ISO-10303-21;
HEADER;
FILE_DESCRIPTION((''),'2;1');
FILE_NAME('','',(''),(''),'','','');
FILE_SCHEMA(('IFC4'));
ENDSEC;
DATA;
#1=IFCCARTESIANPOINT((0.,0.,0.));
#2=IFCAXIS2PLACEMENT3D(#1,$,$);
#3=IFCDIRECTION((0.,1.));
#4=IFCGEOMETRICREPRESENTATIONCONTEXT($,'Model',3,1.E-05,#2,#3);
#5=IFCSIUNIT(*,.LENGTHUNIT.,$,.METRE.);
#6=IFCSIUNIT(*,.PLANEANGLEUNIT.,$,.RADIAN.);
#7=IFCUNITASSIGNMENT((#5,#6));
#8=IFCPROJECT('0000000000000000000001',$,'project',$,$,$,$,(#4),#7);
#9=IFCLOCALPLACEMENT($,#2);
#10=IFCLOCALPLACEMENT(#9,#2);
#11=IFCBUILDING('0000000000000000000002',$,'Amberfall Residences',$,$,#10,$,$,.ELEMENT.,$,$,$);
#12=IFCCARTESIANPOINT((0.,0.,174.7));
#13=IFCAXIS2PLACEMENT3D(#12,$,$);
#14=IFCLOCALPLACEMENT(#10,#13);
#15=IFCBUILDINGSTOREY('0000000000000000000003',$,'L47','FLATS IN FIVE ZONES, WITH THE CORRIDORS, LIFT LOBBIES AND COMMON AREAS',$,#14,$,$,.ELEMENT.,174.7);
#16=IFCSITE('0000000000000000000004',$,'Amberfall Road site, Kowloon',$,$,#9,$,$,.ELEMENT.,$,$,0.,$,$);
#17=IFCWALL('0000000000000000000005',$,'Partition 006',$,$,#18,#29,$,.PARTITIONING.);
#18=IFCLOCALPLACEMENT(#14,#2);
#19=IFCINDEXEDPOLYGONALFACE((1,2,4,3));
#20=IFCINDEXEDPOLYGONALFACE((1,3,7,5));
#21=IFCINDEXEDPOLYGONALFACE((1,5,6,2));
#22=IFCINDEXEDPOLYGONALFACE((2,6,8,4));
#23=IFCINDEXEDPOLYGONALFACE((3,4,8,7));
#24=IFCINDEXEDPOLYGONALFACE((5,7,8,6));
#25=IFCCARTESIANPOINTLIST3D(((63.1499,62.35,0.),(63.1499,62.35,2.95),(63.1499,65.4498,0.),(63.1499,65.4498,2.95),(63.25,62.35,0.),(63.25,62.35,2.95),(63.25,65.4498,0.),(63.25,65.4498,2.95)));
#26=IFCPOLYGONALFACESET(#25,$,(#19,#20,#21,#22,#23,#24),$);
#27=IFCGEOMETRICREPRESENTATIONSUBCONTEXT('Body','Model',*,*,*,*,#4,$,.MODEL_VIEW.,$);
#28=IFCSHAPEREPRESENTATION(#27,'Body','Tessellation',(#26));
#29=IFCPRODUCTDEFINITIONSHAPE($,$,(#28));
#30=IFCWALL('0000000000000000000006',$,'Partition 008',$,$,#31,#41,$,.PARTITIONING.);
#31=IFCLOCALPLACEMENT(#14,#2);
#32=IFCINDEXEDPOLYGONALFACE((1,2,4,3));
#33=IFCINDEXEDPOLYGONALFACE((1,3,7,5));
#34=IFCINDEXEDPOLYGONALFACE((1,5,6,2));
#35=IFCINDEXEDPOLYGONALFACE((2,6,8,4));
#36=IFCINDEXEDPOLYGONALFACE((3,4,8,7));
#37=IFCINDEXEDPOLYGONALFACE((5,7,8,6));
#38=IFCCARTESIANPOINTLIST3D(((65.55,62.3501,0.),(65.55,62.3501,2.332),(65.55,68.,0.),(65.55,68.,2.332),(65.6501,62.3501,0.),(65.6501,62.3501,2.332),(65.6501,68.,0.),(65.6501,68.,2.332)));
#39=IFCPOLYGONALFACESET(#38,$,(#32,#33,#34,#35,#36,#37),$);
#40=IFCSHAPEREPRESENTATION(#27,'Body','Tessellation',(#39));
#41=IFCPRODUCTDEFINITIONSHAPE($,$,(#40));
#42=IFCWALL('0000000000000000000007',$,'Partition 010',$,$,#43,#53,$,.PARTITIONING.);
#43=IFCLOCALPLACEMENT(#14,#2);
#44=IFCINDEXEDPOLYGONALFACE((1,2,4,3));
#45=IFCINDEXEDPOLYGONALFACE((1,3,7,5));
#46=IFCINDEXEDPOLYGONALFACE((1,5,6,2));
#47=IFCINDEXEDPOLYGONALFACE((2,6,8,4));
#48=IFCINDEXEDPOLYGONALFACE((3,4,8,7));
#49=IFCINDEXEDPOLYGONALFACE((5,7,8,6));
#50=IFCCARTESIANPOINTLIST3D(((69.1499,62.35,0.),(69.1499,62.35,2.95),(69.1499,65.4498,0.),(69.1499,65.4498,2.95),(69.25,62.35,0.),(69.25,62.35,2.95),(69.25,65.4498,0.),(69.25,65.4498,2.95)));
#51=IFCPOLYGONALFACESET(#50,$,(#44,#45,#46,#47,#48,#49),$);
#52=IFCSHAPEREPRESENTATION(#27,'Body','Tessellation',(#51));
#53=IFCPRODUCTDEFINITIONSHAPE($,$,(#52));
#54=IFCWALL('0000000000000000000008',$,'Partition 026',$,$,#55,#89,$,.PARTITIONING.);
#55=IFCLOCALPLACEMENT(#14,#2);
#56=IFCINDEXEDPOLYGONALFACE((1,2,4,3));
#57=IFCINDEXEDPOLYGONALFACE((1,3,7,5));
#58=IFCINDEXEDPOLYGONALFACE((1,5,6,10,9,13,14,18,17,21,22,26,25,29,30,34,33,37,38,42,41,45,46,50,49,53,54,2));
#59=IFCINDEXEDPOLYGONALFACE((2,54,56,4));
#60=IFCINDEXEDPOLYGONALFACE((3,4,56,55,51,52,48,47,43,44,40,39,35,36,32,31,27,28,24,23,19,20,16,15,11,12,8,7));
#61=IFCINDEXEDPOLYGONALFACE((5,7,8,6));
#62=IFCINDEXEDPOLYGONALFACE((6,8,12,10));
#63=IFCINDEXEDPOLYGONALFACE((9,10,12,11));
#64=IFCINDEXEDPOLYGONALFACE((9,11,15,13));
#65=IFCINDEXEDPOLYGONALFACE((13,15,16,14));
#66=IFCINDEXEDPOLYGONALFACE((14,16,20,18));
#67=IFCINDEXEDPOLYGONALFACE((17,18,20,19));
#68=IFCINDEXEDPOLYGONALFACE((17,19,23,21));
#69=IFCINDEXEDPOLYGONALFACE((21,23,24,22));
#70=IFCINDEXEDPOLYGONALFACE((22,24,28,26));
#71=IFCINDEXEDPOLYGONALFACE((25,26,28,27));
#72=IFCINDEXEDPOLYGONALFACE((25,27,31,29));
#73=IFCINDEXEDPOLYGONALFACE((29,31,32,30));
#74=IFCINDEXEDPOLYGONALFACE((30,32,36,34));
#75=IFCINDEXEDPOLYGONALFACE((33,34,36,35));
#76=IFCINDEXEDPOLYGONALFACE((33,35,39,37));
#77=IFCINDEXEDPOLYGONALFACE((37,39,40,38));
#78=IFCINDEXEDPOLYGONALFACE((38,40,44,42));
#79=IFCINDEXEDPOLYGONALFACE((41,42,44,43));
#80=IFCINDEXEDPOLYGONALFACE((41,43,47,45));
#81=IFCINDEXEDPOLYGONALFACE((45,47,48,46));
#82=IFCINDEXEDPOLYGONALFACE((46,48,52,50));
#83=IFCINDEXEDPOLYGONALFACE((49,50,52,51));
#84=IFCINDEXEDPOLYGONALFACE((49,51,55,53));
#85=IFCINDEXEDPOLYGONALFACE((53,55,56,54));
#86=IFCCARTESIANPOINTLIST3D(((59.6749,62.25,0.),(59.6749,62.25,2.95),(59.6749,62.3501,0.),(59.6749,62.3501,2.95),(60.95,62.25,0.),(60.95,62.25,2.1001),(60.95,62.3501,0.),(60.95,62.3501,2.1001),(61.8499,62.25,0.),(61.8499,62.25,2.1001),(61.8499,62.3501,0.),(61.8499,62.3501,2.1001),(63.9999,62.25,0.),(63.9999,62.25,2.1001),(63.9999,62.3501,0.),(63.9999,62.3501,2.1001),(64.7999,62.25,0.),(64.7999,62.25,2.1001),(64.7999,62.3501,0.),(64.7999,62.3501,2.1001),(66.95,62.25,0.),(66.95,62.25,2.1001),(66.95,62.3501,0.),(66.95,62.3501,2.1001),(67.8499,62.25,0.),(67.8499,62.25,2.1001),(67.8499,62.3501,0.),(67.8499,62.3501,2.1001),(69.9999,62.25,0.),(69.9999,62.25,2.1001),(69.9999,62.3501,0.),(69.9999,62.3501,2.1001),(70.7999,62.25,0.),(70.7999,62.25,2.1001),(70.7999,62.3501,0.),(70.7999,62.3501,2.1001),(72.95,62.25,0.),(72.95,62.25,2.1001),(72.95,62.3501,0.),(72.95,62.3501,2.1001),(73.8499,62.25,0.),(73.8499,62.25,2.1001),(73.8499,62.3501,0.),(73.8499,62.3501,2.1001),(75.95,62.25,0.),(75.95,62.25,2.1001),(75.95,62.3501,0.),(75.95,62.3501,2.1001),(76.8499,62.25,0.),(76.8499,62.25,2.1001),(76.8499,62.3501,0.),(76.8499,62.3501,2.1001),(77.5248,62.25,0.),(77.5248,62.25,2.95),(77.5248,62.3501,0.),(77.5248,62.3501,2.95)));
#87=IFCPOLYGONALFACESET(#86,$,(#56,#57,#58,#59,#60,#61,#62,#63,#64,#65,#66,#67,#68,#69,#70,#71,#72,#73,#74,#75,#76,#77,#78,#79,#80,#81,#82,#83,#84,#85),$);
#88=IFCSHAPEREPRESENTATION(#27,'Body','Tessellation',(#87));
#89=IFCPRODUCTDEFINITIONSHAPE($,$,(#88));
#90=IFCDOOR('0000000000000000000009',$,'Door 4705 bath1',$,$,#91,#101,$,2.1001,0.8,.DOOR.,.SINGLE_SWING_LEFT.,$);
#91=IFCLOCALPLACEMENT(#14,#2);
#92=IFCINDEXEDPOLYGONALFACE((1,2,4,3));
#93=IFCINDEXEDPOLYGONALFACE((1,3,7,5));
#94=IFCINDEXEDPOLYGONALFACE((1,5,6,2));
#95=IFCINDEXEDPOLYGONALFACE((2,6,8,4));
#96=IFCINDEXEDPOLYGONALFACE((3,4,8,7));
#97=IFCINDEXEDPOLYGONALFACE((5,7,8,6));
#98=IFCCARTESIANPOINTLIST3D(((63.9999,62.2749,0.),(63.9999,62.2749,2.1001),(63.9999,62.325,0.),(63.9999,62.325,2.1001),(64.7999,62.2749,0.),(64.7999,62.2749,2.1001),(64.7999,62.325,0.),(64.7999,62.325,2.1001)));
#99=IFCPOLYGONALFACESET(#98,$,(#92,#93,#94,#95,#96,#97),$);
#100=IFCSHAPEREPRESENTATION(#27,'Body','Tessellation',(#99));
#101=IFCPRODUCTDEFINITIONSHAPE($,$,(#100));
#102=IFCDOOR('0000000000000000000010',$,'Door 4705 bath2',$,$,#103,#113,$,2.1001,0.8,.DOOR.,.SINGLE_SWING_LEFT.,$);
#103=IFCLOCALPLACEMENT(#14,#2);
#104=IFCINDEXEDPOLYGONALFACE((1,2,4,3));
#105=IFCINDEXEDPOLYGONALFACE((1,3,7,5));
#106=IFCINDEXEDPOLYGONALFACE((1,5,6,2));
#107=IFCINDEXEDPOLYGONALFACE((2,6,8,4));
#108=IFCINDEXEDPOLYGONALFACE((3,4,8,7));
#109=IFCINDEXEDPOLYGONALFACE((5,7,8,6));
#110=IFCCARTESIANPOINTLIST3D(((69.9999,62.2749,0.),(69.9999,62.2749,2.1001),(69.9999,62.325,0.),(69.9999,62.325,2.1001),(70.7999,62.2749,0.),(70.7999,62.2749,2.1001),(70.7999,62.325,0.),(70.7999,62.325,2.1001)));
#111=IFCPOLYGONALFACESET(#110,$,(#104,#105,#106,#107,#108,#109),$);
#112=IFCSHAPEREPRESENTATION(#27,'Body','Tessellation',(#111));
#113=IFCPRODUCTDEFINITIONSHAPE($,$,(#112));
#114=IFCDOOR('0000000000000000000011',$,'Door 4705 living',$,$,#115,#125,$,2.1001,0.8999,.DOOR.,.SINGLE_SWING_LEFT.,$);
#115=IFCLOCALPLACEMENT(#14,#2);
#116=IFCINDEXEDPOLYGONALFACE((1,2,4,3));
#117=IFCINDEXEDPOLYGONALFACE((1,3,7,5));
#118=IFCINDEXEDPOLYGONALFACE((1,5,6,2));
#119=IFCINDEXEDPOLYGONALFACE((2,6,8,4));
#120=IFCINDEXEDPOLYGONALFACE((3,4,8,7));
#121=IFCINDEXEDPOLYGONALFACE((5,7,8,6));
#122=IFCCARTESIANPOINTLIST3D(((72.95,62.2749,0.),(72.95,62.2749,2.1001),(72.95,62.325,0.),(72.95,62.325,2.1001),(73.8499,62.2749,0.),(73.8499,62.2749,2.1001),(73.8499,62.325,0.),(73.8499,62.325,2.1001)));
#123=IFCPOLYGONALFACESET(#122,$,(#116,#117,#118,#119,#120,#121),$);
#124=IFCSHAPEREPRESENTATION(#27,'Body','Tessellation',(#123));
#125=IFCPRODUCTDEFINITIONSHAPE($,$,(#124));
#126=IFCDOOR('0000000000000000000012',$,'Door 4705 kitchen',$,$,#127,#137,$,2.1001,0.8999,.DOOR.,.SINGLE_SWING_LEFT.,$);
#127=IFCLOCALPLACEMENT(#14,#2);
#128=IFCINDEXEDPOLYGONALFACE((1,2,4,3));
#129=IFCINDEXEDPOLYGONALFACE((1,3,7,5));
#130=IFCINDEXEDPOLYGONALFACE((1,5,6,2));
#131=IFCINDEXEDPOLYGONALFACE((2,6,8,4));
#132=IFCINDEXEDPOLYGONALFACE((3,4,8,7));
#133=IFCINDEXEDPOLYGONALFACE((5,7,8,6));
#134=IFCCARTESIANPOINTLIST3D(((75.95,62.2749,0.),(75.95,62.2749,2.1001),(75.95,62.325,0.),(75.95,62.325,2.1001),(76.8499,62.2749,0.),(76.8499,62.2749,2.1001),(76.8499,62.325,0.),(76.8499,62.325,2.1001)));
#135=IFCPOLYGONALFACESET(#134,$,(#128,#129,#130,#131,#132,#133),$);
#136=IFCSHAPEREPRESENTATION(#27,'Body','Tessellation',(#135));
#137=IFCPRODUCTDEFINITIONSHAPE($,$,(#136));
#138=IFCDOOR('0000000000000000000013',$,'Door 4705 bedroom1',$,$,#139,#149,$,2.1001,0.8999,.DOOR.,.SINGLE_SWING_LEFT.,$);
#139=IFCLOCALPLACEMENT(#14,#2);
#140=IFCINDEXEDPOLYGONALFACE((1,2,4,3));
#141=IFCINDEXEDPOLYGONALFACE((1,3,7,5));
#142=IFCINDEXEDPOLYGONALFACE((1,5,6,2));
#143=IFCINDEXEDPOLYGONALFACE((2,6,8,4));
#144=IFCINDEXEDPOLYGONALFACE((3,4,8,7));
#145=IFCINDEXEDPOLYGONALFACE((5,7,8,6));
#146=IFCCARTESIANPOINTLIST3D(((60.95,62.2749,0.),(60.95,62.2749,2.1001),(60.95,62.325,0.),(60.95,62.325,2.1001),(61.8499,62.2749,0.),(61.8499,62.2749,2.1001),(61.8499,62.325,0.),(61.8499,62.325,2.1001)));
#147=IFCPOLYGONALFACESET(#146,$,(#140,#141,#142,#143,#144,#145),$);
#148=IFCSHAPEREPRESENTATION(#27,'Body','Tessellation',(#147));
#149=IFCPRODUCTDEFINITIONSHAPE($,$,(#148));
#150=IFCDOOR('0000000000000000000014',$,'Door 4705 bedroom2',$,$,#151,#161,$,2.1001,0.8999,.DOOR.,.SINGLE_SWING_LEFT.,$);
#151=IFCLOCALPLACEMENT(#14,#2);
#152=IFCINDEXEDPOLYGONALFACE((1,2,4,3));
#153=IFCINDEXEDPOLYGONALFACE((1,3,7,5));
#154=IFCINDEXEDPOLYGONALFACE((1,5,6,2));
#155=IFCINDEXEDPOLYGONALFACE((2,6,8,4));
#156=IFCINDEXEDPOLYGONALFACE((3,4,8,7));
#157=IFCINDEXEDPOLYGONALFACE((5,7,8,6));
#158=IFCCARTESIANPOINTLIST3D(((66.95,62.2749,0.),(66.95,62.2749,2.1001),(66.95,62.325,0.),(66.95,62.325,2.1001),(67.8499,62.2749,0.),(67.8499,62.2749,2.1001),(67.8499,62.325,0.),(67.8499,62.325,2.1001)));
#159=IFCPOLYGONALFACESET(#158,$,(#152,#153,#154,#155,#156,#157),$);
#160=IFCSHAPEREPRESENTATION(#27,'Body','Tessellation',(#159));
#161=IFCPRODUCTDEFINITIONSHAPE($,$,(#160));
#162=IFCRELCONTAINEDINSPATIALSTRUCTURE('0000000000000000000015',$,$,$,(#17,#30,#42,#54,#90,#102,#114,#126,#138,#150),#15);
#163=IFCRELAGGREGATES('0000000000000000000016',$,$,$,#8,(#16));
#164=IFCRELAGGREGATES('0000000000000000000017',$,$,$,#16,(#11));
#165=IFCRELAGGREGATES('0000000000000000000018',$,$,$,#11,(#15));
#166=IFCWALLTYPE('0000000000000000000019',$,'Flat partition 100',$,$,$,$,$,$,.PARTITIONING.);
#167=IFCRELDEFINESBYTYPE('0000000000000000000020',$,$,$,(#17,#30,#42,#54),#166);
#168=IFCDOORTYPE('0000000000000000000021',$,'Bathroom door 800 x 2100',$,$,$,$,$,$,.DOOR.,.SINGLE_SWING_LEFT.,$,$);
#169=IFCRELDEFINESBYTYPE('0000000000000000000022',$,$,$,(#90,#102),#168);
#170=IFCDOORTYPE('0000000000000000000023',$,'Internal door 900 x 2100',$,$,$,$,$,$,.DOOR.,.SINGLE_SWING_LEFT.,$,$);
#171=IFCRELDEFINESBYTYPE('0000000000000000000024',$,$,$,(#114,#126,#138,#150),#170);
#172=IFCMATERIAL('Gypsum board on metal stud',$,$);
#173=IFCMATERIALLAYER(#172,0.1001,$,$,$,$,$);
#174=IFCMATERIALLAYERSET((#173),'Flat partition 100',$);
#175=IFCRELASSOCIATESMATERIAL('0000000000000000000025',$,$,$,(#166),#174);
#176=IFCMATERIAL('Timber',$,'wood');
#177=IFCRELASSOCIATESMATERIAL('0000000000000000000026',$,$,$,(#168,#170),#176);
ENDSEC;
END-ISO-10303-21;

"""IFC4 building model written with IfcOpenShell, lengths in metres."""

from ifc_helpers import new_model, si_unit, direction, frame, frame_2d, origin, place, context, subcontext, project, spatial, rectangle, extrude, material, layer, layer_set, type_object, element, fill, save


model = new_model("IFC4")

# Units and contexts
model_context = context("Model", 3, precision=1e-05, world=origin(), true_north=direction((0.0, 1.0)))
body_context = subcontext(model_context, "Body", "Model", "MODEL_VIEW")
ifc_project = project(units=[si_unit("LENGTHUNIT", "METRE"), si_unit("PLANEANGLEUNIT", "RADIAN")], contexts=[model_context])

# Site, building, storey
site_placement = place(None, origin())
site = spatial("IfcSite", under=ifc_project, at=site_placement, Name="Amberfall Road site, Kowloon", CompositionType="ELEMENT", RefElevation=0.0)
building_placement = place(site_placement, origin())
building = spatial("IfcBuilding", under=site, at=building_placement, Name="Amberfall Residences", CompositionType="ELEMENT")
storey_placement = place(building_placement, frame((0.0, 0.0, 174.7)))
storey = spatial("IfcBuildingStorey", under=building, at=storey_placement, Name="L47", Description="FLATS IN FIVE ZONES, WITH THE CORRIDORS, LIFT LOBBIES AND COMMON AREAS", CompositionType="ELEMENT", Elevation=174.7)

# Walls
ifc_material_1 = material(Name="Gypsum board on metal stud")
ifc_layer_1 = layer(ifc_material_1, 0.1001)
ifc_layer_set_1 = layer_set([ifc_layer_1], Name="Flat partition 100")
wall_type_1 = type_object("IfcWallType", Name="Flat partition 100", PredefinedType="PARTITIONING", material=ifc_layer_set_1)
wall_1_placement = place(storey_placement, frame((63.2, 62.3501, 0.0), z_axis=(0.0, 0.0, 1.0), x_axis=(0.0, 1.0, 0.0)))
element("IfcWall", 1, at=wall_1_placement, inside=storey, type_object=wall_type_1, Name="Partition 006", PredefinedType="PARTITIONING", context=body_context, shape_type="SweptSolid", body=[
    extrude(rectangle(XDim=3.0999, YDim=0.1001, at=frame_2d((1.5498, 0.0))), origin(), (0.0, 0.0, 1.0), 2.95),
])
wall_2_placement = place(storey_placement, frame((65.6001, 62.3501, 0.0), z_axis=(0.0, 0.0, 1.0), x_axis=(0.0, 1.0, 0.0)))
element("IfcWall", 2, at=wall_2_placement, inside=storey, type_object=wall_type_1, Name="Partition 008", PredefinedType="PARTITIONING", context=body_context, shape_type="SweptSolid", body=[
    extrude(rectangle(XDim=5.6499, YDim=0.1001, at=frame_2d((2.825, 0.0))), origin(), (0.0, 0.0, 1.0), 2.332),
])
wall_3_placement = place(storey_placement, frame((69.2, 62.3501, 0.0), z_axis=(0.0, 0.0, 1.0), x_axis=(0.0, 1.0, 0.0)))
element("IfcWall", 3, at=wall_3_placement, inside=storey, type_object=wall_type_1, Name="Partition 010", PredefinedType="PARTITIONING", context=body_context, shape_type="SweptSolid", body=[
    extrude(rectangle(XDim=3.0999, YDim=0.1001, at=frame_2d((1.5498, 0.0))), origin(), (0.0, 0.0, 1.0), 2.95),
])

# Wall, openings, doors
wall_4_placement = place(storey_placement, frame((59.675, 62.3, 0.0), z_axis=(0.0, 0.0, 1.0), x_axis=(1.0, 0.0, 0.0)))
wall_4 = element("IfcWall", 4, at=wall_4_placement, inside=storey, type_object=wall_type_1, Name="Partition 026", PredefinedType="PARTITIONING", context=body_context, shape_type="SweptSolid", body=[
    extrude(rectangle(XDim=17.8499, YDim=0.1001, at=frame_2d((8.9248, 0.0))), origin(), (0.0, 0.0, 1.0), 2.95),
])
opening_1_placement = place(wall_4_placement, frame((13.2749, 0.0, 0.0)))
opening_1 = element("IfcOpeningElement", 5, at=opening_1_placement, cuts=wall_4, PredefinedType="OPENING", context=body_context, shape_type="SweptSolid", body=[
    extrude(rectangle(XDim=0.8999, YDim=2.1001, at=frame_2d((0.45, 1.05))), frame((0.0, 0.0601, 0.0), z_axis=(0.0, -1.0, 0.0), x_axis=(1.0, 0.0, 0.0)), (0.0, 0.0, 1.0), 0.1201),
])
opening_2_placement = place(wall_4_placement, frame((16.2749, 0.0, 0.0)))
opening_2 = element("IfcOpeningElement", 6, at=opening_2_placement, cuts=wall_4, PredefinedType="OPENING", context=body_context, shape_type="SweptSolid", body=[
    extrude(rectangle(XDim=0.8999, YDim=2.1001, at=frame_2d((0.45, 1.05))), frame((0.0, 0.0601, 0.0), z_axis=(0.0, -1.0, 0.0), x_axis=(1.0, 0.0, 0.0)), (0.0, 0.0, 1.0), 0.1201),
])
opening_3_placement = place(wall_4_placement, frame((1.2749, 0.0, 0.0)))
opening_3 = element("IfcOpeningElement", 7, at=opening_3_placement, cuts=wall_4, PredefinedType="OPENING", context=body_context, shape_type="SweptSolid", body=[
    extrude(rectangle(XDim=0.8999, YDim=2.1001, at=frame_2d((0.45, 1.05))), frame((0.0, 0.0601, 0.0), z_axis=(0.0, -1.0, 0.0), x_axis=(1.0, 0.0, 0.0)), (0.0, 0.0, 1.0), 0.1201),
])
opening_4_placement = place(wall_4_placement, frame((7.2749, 0.0, 0.0)))
opening_4 = element("IfcOpeningElement", 8, at=opening_4_placement, cuts=wall_4, PredefinedType="OPENING", context=body_context, shape_type="SweptSolid", body=[
    extrude(rectangle(XDim=0.8999, YDim=2.1001, at=frame_2d((0.45, 1.05))), frame((0.0, 0.0601, 0.0), z_axis=(0.0, -1.0, 0.0), x_axis=(1.0, 0.0, 0.0)), (0.0, 0.0, 1.0), 0.1201),
])
opening_5_placement = place(wall_4_placement, frame((4.325, 0.0, 0.0)))
opening_5 = element("IfcOpeningElement", 9, at=opening_5_placement, cuts=wall_4, PredefinedType="OPENING", context=body_context, shape_type="SweptSolid", body=[
    extrude(rectangle(XDim=0.8, YDim=2.1001, at=frame_2d((0.3999, 1.05))), frame((0.0, 0.0601, 0.0), z_axis=(0.0, -1.0, 0.0), x_axis=(1.0, 0.0, 0.0)), (0.0, 0.0, 1.0), 0.1201),
])
opening_6_placement = place(wall_4_placement, frame((10.325, 0.0, 0.0)))
opening_6 = element("IfcOpeningElement", 10, at=opening_6_placement, cuts=wall_4, PredefinedType="OPENING", context=body_context, shape_type="SweptSolid", body=[
    extrude(rectangle(XDim=0.8, YDim=2.1001, at=frame_2d((0.3999, 1.05))), frame((0.0, 0.0601, 0.0), z_axis=(0.0, -1.0, 0.0), x_axis=(1.0, 0.0, 0.0)), (0.0, 0.0, 1.0), 0.1201),
])
ifc_material_2 = material(Name="Timber", Category="wood")
door_type_1 = type_object("IfcDoorType", Name="Bathroom door 800 x 2100", OperationType="SINGLE_SWING_LEFT", PredefinedType="DOOR", material=ifc_material_2)
door_1_placement = place(opening_5_placement, origin())
door_1 = element("IfcDoor", 11, at=door_1_placement, inside=storey, type_object=door_type_1, Name="Door 4705 bath1", OperationType="SINGLE_SWING_LEFT", OverallHeight=2.1001, OverallWidth=0.8, PredefinedType="DOOR", context=body_context, shape_type="SweptSolid", body=[
    extrude(rectangle(XDim=0.8, YDim=2.1001, at=frame_2d((0.3999, 1.05))), frame((0.0, 0.0249, 0.0), z_axis=(0.0, -1.0, 0.0), x_axis=(1.0, 0.0, 0.0)), (0.0, 0.0, 1.0), 0.05),
])
fill(opening_5, door_1)
door_2_placement = place(opening_6_placement, origin())
door_2 = element("IfcDoor", 12, at=door_2_placement, inside=storey, type_object=door_type_1, Name="Door 4705 bath2", OperationType="SINGLE_SWING_LEFT", OverallHeight=2.1001, OverallWidth=0.8, PredefinedType="DOOR", context=body_context, shape_type="SweptSolid", body=[
    extrude(rectangle(XDim=0.8, YDim=2.1001, at=frame_2d((0.3999, 1.05))), frame((0.0, 0.0249, 0.0), z_axis=(0.0, -1.0, 0.0), x_axis=(1.0, 0.0, 0.0)), (0.0, 0.0, 1.0), 0.05),
])
fill(opening_6, door_2)
door_type_2 = type_object("IfcDoorType", Name="Internal door 900 x 2100", OperationType="SINGLE_SWING_LEFT", PredefinedType="DOOR", material=ifc_material_2)
door_3_placement = place(opening_1_placement, origin())
door_3 = element("IfcDoor", 13, at=door_3_placement, inside=storey, type_object=door_type_2, Name="Door 4705 living", OperationType="SINGLE_SWING_LEFT", OverallHeight=2.1001, OverallWidth=0.8999, PredefinedType="DOOR", context=body_context, shape_type="SweptSolid", body=[
    extrude(rectangle(XDim=0.8999, YDim=2.1001, at=frame_2d((0.45, 1.05))), frame((0.0, 0.0249, 0.0), z_axis=(0.0, -1.0, 0.0), x_axis=(1.0, 0.0, 0.0)), (0.0, 0.0, 1.0), 0.05),
])
fill(opening_1, door_3)
door_4_placement = place(opening_2_placement, origin())
door_4 = element("IfcDoor", 14, at=door_4_placement, inside=storey, type_object=door_type_2, Name="Door 4705 kitchen", OperationType="SINGLE_SWING_LEFT", OverallHeight=2.1001, OverallWidth=0.8999, PredefinedType="DOOR", context=body_context, shape_type="SweptSolid", body=[
    extrude(rectangle(XDim=0.8999, YDim=2.1001, at=frame_2d((0.45, 1.05))), frame((0.0, 0.0249, 0.0), z_axis=(0.0, -1.0, 0.0), x_axis=(1.0, 0.0, 0.0)), (0.0, 0.0, 1.0), 0.05),
])
fill(opening_2, door_4)
door_5_placement = place(opening_3_placement, origin())
door_5 = element("IfcDoor", 15, at=door_5_placement, inside=storey, type_object=door_type_2, Name="Door 4705 bedroom1", OperationType="SINGLE_SWING_LEFT", OverallHeight=2.1001, OverallWidth=0.8999, PredefinedType="DOOR", context=body_context, shape_type="SweptSolid", body=[
    extrude(rectangle(XDim=0.8999, YDim=2.1001, at=frame_2d((0.45, 1.05))), frame((0.0, 0.0249, 0.0), z_axis=(0.0, -1.0, 0.0), x_axis=(1.0, 0.0, 0.0)), (0.0, 0.0, 1.0), 0.05),
])
fill(opening_3, door_5)
door_6_placement = place(opening_4_placement, origin())
door_6 = element("IfcDoor", 16, at=door_6_placement, inside=storey, type_object=door_type_2, Name="Door 4705 bedroom2", OperationType="SINGLE_SWING_LEFT", OverallHeight=2.1001, OverallWidth=0.8999, PredefinedType="DOOR", context=body_context, shape_type="SweptSolid", body=[
    extrude(rectangle(XDim=0.8999, YDim=2.1001, at=frame_2d((0.45, 1.05))), frame((0.0, 0.0249, 0.0), z_axis=(0.0, -1.0, 0.0), x_axis=(1.0, 0.0, 0.0)), (0.0, 0.0, 1.0), 0.05),
])
fill(opening_4, door_6)

save(model, "model.ifc")
